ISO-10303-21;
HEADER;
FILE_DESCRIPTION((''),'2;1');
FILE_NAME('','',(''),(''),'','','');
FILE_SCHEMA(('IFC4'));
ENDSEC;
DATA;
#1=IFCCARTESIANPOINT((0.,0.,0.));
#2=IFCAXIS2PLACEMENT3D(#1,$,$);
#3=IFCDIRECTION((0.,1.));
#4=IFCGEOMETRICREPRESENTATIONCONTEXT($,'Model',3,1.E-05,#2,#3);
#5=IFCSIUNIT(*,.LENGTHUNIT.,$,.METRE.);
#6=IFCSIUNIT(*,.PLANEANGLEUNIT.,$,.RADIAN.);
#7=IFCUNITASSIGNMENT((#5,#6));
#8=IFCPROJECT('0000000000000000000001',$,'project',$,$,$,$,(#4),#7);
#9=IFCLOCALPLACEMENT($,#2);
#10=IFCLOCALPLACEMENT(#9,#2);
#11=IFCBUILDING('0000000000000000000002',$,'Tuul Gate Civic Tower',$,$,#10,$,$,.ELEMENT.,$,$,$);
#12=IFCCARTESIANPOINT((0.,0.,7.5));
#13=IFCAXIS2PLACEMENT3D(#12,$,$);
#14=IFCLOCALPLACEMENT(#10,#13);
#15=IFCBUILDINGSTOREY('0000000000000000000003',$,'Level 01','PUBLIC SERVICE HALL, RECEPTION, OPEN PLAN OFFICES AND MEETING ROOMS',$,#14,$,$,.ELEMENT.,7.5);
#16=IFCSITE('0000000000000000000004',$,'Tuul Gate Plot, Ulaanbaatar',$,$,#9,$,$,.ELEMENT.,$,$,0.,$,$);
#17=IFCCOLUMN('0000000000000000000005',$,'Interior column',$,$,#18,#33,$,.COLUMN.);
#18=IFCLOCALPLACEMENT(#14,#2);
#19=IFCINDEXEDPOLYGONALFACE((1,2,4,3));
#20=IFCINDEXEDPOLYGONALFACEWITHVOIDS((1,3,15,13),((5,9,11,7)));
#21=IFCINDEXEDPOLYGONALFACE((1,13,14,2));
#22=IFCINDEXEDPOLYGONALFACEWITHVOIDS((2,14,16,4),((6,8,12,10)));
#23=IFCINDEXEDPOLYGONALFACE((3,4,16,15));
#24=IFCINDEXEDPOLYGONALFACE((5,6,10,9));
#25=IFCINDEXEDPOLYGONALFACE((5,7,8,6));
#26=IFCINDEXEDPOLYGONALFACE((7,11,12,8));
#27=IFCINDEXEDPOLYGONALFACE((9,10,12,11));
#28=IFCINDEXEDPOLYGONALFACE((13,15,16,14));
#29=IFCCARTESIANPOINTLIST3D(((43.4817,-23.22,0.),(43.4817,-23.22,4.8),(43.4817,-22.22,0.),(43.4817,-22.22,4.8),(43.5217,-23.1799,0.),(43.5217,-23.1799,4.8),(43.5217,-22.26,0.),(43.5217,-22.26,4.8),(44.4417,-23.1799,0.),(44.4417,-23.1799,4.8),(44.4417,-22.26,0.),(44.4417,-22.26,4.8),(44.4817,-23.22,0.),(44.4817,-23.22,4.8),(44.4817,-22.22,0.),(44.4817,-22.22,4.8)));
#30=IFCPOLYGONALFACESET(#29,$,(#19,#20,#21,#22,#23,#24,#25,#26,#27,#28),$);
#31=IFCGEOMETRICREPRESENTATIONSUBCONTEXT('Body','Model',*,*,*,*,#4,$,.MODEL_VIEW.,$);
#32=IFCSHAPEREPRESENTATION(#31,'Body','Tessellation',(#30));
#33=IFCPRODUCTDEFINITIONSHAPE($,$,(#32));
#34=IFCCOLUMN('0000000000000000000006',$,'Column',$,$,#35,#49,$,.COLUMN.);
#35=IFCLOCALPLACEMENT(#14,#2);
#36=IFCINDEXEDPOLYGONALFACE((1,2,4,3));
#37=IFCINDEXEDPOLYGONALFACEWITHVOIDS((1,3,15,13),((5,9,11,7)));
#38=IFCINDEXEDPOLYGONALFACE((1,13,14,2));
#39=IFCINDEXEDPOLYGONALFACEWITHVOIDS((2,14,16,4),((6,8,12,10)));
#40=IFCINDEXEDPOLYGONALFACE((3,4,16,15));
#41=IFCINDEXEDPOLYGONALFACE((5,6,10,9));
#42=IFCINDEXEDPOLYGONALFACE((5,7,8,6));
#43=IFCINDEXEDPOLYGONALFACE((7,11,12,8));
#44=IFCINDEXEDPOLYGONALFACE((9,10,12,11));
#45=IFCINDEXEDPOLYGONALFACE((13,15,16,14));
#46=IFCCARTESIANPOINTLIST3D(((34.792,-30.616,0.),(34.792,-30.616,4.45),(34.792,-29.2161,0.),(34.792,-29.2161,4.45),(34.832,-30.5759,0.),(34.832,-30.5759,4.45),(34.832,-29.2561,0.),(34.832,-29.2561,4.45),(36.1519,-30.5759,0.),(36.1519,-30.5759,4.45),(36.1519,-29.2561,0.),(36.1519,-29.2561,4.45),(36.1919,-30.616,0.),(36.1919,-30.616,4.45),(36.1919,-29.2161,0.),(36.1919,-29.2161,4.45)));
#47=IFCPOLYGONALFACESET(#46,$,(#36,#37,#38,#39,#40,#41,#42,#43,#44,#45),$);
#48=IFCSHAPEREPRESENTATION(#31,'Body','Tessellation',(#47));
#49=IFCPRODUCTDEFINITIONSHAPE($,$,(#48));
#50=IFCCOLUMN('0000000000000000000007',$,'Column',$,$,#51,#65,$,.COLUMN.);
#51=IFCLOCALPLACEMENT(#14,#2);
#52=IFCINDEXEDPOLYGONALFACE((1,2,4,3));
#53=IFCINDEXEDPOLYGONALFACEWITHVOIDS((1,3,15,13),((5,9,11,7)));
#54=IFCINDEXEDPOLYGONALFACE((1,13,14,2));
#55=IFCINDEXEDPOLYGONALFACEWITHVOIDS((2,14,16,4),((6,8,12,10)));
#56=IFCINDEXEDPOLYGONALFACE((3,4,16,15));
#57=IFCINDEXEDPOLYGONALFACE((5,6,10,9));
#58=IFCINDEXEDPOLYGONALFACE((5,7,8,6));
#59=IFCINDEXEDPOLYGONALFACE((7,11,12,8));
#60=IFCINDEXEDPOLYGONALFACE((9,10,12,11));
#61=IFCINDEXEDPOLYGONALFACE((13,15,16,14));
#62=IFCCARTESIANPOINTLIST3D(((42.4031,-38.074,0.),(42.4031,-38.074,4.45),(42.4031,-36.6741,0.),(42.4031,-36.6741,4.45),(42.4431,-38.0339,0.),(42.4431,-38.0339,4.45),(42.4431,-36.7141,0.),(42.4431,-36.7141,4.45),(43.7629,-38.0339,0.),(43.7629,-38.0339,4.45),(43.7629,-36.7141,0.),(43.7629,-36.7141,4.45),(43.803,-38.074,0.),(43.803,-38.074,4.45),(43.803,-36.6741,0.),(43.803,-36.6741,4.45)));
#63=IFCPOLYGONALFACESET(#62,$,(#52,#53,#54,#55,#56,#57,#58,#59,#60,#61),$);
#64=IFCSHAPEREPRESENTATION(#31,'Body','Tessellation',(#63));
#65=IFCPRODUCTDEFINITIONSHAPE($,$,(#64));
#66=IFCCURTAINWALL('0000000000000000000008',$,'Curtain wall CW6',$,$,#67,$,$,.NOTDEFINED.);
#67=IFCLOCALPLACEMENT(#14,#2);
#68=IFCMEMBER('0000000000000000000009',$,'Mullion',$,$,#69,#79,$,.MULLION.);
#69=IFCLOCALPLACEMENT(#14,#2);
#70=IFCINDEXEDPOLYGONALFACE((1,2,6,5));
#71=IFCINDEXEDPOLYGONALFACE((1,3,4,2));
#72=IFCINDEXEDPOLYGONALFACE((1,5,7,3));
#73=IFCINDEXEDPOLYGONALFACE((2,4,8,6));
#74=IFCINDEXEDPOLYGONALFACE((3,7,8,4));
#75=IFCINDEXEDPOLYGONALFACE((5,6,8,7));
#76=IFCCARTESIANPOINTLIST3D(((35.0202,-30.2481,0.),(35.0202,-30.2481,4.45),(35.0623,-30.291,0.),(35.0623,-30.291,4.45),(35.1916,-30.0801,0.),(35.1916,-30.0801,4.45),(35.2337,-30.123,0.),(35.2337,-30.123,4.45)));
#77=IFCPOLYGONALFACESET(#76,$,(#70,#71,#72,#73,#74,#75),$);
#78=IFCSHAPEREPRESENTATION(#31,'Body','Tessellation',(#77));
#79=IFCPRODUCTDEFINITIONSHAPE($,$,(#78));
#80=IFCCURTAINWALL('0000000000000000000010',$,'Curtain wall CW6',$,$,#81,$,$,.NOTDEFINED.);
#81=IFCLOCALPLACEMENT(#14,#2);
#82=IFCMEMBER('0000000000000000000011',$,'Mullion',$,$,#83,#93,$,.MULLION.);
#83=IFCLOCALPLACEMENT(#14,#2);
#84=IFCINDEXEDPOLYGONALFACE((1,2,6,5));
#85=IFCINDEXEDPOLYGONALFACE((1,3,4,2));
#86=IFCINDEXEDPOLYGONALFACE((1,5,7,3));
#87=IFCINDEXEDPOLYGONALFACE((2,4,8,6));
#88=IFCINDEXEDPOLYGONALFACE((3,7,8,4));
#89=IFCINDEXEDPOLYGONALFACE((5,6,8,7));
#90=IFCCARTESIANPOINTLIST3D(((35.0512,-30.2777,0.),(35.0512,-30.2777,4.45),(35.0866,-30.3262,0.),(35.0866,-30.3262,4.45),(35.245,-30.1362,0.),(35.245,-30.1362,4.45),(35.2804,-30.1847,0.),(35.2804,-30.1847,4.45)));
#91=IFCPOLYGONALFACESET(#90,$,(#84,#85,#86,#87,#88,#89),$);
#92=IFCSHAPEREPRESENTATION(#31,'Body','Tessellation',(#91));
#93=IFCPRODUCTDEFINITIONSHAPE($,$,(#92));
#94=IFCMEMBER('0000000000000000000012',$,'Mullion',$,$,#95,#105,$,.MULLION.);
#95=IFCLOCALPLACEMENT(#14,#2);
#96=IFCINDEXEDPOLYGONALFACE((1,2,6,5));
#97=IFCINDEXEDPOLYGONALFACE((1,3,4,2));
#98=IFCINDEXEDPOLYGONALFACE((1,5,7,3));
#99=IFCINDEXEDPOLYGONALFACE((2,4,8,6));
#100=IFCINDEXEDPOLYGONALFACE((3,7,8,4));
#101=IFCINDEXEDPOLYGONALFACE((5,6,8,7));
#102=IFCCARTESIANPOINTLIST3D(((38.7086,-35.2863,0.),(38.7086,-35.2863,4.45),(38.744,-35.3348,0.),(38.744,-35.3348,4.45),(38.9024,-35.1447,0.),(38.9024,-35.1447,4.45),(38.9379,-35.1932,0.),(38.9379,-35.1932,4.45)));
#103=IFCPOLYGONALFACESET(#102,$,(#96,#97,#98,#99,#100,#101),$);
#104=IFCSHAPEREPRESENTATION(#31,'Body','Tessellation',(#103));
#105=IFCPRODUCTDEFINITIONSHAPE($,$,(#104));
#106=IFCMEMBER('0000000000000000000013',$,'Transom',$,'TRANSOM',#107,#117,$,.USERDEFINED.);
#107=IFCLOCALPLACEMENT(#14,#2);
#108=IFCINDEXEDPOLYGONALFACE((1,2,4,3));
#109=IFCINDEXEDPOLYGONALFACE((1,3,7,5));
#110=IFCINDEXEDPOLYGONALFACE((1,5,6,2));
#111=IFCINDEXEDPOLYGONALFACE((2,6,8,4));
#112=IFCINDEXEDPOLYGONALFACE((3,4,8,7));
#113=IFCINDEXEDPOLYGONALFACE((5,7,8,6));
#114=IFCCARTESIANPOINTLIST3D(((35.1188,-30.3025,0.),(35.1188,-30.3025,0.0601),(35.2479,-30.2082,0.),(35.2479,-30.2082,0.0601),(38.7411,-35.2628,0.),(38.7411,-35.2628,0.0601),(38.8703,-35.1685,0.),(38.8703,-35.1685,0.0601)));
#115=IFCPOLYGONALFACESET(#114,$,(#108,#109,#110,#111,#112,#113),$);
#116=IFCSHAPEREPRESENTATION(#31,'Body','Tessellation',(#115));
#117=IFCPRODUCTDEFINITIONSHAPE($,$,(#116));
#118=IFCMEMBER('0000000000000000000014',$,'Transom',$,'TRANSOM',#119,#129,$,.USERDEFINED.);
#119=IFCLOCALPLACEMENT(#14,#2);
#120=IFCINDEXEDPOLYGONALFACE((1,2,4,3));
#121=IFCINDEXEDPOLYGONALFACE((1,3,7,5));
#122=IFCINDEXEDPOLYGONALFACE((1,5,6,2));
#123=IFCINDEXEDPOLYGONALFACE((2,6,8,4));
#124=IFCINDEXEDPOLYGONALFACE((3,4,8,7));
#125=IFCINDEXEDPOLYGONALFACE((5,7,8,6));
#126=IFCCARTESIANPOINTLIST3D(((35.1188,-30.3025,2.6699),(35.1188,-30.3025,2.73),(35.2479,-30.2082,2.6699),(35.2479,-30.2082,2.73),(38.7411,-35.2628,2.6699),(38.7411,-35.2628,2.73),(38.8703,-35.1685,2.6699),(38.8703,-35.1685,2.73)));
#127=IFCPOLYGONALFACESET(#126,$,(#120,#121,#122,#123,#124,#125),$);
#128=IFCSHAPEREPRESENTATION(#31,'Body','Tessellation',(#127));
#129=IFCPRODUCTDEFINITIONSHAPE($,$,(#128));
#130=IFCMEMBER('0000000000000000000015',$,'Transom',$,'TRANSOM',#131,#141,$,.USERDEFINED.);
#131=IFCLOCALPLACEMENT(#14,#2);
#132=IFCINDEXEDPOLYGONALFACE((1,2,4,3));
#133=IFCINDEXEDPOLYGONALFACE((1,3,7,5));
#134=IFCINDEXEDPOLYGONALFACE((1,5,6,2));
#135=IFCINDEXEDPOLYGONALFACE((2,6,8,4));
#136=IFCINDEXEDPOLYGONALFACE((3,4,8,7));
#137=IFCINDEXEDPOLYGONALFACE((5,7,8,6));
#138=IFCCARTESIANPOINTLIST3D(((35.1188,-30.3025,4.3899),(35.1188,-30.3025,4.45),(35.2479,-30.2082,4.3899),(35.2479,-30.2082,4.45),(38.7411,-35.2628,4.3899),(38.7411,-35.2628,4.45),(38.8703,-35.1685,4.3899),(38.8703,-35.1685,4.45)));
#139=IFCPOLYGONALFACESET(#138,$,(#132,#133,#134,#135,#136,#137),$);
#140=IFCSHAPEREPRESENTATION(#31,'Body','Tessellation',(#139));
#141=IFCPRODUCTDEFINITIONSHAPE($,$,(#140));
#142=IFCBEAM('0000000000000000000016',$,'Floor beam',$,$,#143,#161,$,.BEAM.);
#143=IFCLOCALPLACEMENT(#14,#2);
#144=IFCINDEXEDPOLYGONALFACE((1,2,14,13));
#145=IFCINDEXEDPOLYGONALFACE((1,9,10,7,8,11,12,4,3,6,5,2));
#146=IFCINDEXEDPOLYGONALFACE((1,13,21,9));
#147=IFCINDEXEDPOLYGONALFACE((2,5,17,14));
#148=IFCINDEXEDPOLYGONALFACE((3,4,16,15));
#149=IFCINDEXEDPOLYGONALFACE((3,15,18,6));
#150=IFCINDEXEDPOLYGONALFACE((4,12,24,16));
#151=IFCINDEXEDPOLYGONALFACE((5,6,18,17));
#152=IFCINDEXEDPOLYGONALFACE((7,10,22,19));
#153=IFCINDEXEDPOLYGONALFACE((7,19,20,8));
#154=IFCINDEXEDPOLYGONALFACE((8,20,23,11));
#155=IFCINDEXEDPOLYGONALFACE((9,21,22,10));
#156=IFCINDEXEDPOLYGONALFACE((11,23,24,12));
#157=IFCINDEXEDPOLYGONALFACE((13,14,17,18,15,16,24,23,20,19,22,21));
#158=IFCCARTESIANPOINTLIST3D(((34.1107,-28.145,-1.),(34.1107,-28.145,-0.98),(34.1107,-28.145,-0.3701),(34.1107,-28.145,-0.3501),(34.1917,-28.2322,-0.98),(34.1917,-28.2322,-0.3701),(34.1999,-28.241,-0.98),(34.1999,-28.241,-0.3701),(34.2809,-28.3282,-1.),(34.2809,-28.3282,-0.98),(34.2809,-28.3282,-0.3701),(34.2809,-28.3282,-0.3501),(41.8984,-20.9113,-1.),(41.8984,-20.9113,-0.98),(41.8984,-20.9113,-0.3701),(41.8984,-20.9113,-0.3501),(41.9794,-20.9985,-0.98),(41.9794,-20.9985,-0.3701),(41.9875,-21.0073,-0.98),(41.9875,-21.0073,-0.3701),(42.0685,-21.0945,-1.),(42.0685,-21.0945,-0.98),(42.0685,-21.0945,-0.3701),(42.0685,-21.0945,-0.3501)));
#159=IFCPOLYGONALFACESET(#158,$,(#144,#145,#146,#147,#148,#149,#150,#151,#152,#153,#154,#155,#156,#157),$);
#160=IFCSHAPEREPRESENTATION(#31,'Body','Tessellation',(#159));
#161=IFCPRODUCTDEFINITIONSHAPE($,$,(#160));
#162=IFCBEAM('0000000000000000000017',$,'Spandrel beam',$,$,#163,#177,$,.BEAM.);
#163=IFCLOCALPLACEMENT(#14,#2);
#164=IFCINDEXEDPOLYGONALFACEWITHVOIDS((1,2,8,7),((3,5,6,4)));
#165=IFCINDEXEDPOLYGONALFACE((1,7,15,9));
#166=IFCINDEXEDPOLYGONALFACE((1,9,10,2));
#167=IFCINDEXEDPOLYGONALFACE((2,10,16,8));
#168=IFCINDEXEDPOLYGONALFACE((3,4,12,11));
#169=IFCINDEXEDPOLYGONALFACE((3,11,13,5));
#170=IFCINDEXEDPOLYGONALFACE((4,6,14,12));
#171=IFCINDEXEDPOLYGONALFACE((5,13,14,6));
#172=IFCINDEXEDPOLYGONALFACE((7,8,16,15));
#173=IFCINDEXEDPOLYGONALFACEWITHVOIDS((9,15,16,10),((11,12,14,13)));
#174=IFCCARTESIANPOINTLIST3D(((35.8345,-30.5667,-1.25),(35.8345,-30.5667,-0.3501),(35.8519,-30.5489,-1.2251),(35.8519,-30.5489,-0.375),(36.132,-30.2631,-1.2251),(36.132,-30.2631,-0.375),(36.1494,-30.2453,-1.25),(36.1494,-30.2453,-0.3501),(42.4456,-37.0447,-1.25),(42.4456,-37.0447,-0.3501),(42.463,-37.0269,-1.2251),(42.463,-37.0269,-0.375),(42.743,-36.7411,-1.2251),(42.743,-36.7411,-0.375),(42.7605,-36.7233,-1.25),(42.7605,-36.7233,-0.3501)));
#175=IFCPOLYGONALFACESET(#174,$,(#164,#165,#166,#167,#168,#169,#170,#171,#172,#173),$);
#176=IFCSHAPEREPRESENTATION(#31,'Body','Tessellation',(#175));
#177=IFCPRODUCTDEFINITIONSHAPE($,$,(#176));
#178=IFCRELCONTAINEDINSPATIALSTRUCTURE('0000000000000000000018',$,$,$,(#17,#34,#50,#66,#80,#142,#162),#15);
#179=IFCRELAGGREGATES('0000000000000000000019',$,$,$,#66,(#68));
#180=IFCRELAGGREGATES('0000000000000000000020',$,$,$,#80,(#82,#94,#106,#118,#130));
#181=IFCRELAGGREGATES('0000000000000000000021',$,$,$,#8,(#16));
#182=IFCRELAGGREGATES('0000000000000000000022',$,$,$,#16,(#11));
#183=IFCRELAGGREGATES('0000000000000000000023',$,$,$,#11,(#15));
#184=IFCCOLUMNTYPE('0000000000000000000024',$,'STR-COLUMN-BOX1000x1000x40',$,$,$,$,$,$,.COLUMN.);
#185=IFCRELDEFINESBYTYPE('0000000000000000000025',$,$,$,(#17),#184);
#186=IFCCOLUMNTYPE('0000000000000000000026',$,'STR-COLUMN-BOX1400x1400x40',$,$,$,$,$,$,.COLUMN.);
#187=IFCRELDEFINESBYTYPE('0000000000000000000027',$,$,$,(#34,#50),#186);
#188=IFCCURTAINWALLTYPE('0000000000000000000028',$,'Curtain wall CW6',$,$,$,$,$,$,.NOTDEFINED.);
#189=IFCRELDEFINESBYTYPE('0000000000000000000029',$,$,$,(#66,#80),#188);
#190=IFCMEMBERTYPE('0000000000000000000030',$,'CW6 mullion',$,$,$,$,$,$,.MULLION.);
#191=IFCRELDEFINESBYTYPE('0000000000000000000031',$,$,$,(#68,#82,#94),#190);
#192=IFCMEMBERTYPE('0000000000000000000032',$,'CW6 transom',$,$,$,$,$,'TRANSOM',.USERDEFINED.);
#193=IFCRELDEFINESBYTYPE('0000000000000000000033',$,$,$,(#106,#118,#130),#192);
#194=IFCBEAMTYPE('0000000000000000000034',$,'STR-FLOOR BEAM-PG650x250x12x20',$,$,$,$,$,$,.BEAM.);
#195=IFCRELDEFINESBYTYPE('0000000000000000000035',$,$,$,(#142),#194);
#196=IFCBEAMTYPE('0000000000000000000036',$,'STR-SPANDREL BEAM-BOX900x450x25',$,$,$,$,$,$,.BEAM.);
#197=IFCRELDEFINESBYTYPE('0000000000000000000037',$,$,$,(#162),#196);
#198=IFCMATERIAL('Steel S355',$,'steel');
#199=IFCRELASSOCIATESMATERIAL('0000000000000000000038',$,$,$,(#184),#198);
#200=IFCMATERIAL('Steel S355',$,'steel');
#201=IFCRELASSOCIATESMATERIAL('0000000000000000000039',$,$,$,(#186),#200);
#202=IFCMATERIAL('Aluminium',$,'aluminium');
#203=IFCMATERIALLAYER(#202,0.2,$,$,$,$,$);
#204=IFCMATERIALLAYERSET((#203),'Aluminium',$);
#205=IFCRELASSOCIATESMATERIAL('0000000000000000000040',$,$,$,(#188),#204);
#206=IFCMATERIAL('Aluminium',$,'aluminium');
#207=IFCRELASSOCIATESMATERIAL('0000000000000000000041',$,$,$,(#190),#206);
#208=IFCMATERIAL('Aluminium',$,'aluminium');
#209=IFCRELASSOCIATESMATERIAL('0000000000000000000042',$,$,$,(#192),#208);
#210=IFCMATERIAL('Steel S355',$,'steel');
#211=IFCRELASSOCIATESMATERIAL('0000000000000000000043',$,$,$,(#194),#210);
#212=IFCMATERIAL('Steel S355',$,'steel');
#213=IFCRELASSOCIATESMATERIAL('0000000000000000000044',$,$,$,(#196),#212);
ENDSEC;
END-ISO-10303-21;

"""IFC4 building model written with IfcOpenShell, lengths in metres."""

from ifc_helpers import new_model, si_unit, direction, frame, origin, origin_2d, place, context, subcontext, project, spatial, rectangle, hollow_rectangle, i_section, extrude, material, layer, layer_set, material_profile, profile_set, type_object, element, aggregate, save


model = new_model("IFC4")

# Units and contexts
model_context = context("Model", 3, precision=1e-05, world=origin(), true_north=direction((0.0, 1.0)))
body_context = subcontext(model_context, "Body", "Model", "MODEL_VIEW")
ifc_project = project(units=[si_unit("LENGTHUNIT", "METRE"), si_unit("PLANEANGLEUNIT", "RADIAN")], contexts=[model_context])

# Site, building, storey
site_placement = place(None, origin())
site = spatial("IfcSite", under=ifc_project, at=site_placement, Name="Tuul Gate Plot, Ulaanbaatar", CompositionType="ELEMENT", RefElevation=0.0)
building_placement = place(site_placement, origin())
building = spatial("IfcBuilding", under=site, at=building_placement, Name="Tuul Gate Civic Tower", CompositionType="ELEMENT")
storey_placement = place(building_placement, frame((0.0, 0.0, 7.5)))
storey = spatial("IfcBuildingStorey", under=building, at=storey_placement, Name="Level 01", Description="PUBLIC SERVICE HALL, RECEPTION, OPEN PLAN OFFICES AND MEETING ROOMS", CompositionType="ELEMENT", Elevation=7.5)

# Columns
ifc_material_1 = material(Name="Steel S355", Category="steel")
ifc_material_profile_1 = material_profile(ifc_material_1, hollow_rectangle(XDim=1.0, YDim=1.0, WallThickness=0.04, at=origin_2d()), Name="BOX1000x1000x40")
ifc_profile_set_1 = profile_set([ifc_material_profile_1], Name="Steel S355")
column_type_1 = type_object("IfcColumnType", Name="STR-COLUMN-BOX1000x1000x40", PredefinedType="COLUMN", material=ifc_profile_set_1)
column_placement = place(storey_placement, frame((43.9817, -22.72, 0.0), z_axis=(0.0, 0.0, 1.0), x_axis=(1.0, 0.0, 0.0)))
element("IfcColumn", 1, at=column_placement, inside=storey, type_object=column_type_1, Name="Interior column", PredefinedType="COLUMN", context=body_context, shape_type="SweptSolid", body=[
    extrude(hollow_rectangle(XDim=1.0, YDim=1.0, WallThickness=0.04, at=origin_2d()), origin(), (0.0, 0.0, 1.0), 4.8),
])
ifc_material_2 = material(Name="Steel S355", Category="steel")
ifc_material_profile_2 = material_profile(ifc_material_2, hollow_rectangle(XDim=1.3999, YDim=1.3999, WallThickness=0.04, at=origin_2d()), Name="BOX1400x1400x40")
ifc_profile_set_2 = profile_set([ifc_material_profile_2], Name="Steel S355")
column_type_2 = type_object("IfcColumnType", Name="STR-COLUMN-BOX1400x1400x40", PredefinedType="COLUMN", material=ifc_profile_set_2)
for number, where, z_axis, x_axis, name in (
    (2, (35.4919, -29.916, 0.0), (0.0, 0.0, 1.0), (1.0, 0.0, 0.0), "Column"),
    (3, (43.103, -37.374, 0.0), (0.0, 0.0, 1.0), (1.0, 0.0, 0.0), "Column"),
):
    element("IfcColumn", number, at=place(storey_placement, frame(where, z_axis=z_axis, x_axis=x_axis)), inside=storey, type_object=column_type_2, Name=name, PredefinedType="COLUMN", context=body_context, shape_type="SweptSolid", body=[
        extrude(hollow_rectangle(XDim=1.3999, YDim=1.3999, WallThickness=0.04, at=origin_2d()), origin(), (0.0, 0.0, 1.0), 4.45),
    ])

# Curtain wall, member
ifc_material_3 = material(Name="Aluminium", Category="aluminium")
ifc_layer_1 = layer(ifc_material_3, 0.2)
ifc_layer_set_1 = layer_set([ifc_layer_1], Name="Aluminium")
curtain_wall_type = type_object("IfcCurtainWallType", Name="Curtain wall CW6", PredefinedType="NOTDEFINED", material=ifc_layer_set_1)
curtain_wall_1_placement = place(storey_placement, origin())
curtain_wall_1 = element("IfcCurtainWall", 4, at=curtain_wall_1_placement, inside=storey, type_object=curtain_wall_type, Name="Curtain wall CW6", PredefinedType="NOTDEFINED")
ifc_material_4 = material(Name="Aluminium", Category="aluminium")
ifc_material_profile_3 = material_profile(ifc_material_4, rectangle(XDim=0.24, YDim=0.0601, at=origin_2d()), Name="CW6 mullion")
ifc_profile_set_3 = profile_set([ifc_material_profile_3], Name="Aluminium")
member_type_1 = type_object("IfcMemberType", Name="CW6 mullion", PredefinedType="MULLION", material=ifc_profile_set_3)
member_1_placement = place(storey_placement, frame((35.127, -30.1855, 0.0), z_axis=(0.0, 0.0, 1.0), x_axis=(0.714132, 0.700011, 0.0)))
member_1 = element("IfcMember", 5, at=member_1_placement, type_object=member_type_1, Name="Mullion", PredefinedType="MULLION", context=body_context, shape_type="SweptSolid", body=[
    extrude(rectangle(XDim=0.24, YDim=0.0601, at=origin_2d()), origin(), (0.0, 0.0, 1.0), 4.45),
])
aggregate(curtain_wall_1, [member_1])

# Curtain wall, members
curtain_wall_2_placement = place(storey_placement, origin())
curtain_wall_2 = element("IfcCurtainWall", 6, at=curtain_wall_2_placement, inside=storey, type_object=curtain_wall_type, Name="Curtain wall CW6", PredefinedType="NOTDEFINED")
member_2_placement = place(storey_placement, frame((35.1658, -30.2312, 0.0), z_axis=(0.0, 0.0, 1.0), x_axis=(0.807581, 0.589756, 0.0)))
member_2 = element("IfcMember", 7, at=member_2_placement, type_object=member_type_1, Name="Mullion", PredefinedType="MULLION", context=body_context, shape_type="SweptSolid", body=[
    extrude(rectangle(XDim=0.24, YDim=0.0601, at=origin_2d()), origin(), (0.0, 0.0, 1.0), 4.45),
])
member_3_placement = place(storey_placement, frame((38.8232, -35.2397, 0.0), z_axis=(0.0, 0.0, 1.0), x_axis=(0.807581, 0.589756, 0.0)))
member_3 = element("IfcMember", 8, at=member_3_placement, type_object=member_type_1, Name="Mullion", PredefinedType="MULLION", context=body_context, shape_type="SweptSolid", body=[
    extrude(rectangle(XDim=0.24, YDim=0.0601, at=origin_2d()), origin(), (0.0, 0.0, 1.0), 4.45),
])
ifc_material_5 = material(Name="Aluminium", Category="aluminium")
ifc_material_profile_4 = material_profile(ifc_material_5, rectangle(XDim=0.1599, YDim=0.0601, at=origin_2d()), Name="CW6 transom")
ifc_profile_set_4 = profile_set([ifc_material_profile_4], Name="Aluminium")
member_type_2 = type_object("IfcMemberType", Name="CW6 transom", ElementType="TRANSOM", PredefinedType="USERDEFINED", material=ifc_profile_set_4)
member_4_placement = place(storey_placement, frame((35.1833, -30.2554, 0.03), z_axis=(0.589756, -0.807581, 0.0), x_axis=(0.807581, 0.589756, 0.0)))
member_4 = element("IfcMember", 9, at=member_4_placement, type_object=member_type_2, Name="Transom", ObjectType="TRANSOM", PredefinedType="USERDEFINED", context=body_context, shape_type="SweptSolid", body=[
    extrude(rectangle(XDim=0.1599, YDim=0.0601, at=origin_2d()), origin(), (0.0, 0.0, 1.0), 6.1421),
])
member_5_placement = place(storey_placement, frame((35.1833, -30.2554, 2.7), z_axis=(0.589756, -0.807581, 0.0), x_axis=(0.807581, 0.589756, 0.0)))
member_5 = element("IfcMember", 10, at=member_5_placement, type_object=member_type_2, Name="Transom", ObjectType="TRANSOM", PredefinedType="USERDEFINED", context=body_context, shape_type="SweptSolid", body=[
    extrude(rectangle(XDim=0.1599, YDim=0.0601, at=origin_2d()), origin(), (0.0, 0.0, 1.0), 6.1421),
])
member_6_placement = place(storey_placement, frame((35.1833, -30.2554, 4.4199), z_axis=(0.589756, -0.807581, 0.0), x_axis=(0.807581, 0.589756, 0.0)))
member_6 = element("IfcMember", 11, at=member_6_placement, type_object=member_type_2, Name="Transom", ObjectType="TRANSOM", PredefinedType="USERDEFINED", context=body_context, shape_type="SweptSolid", body=[
    extrude(rectangle(XDim=0.1599, YDim=0.0601, at=origin_2d()), origin(), (0.0, 0.0, 1.0), 6.1421),
])

# Beams
ifc_material_6 = material(Name="Steel S355", Category="steel")
ifc_material_profile_5 = material_profile(ifc_material_6, i_section(OverallWidth=0.25, OverallDepth=0.6499, WebThickness=0.012, FlangeThickness=0.02, at=origin_2d()), Name="PG650x250x12x20")
ifc_profile_set_5 = profile_set([ifc_material_profile_5], Name="Steel S355")
beam_type_1 = type_object("IfcBeamType", Name="STR-FLOOR BEAM-PG650x250x12x20", PredefinedType="BEAM", material=ifc_profile_set_5)
beam_1_placement = place(storey_placement, frame((34.1958, -28.2366, -0.675), z_axis=(0.732685, 0.680567, 0.0), x_axis=(-0.680567, 0.732685, 0.0)))
element("IfcBeam", 12, at=beam_1_placement, inside=storey, type_object=beam_type_1, Name="Floor beam", PredefinedType="BEAM", context=body_context, shape_type="SweptSolid", body=[
    extrude(i_section(OverallWidth=0.25, OverallDepth=0.6499, WebThickness=0.012, FlangeThickness=0.02, at=origin_2d()), origin(), (0.0, 0.0, 1.0), 10.6289),
])
ifc_material_7 = material(Name="Steel S355", Category="steel")
ifc_material_profile_6 = material_profile(ifc_material_7, hollow_rectangle(XDim=0.45, YDim=0.8999, WallThickness=0.0249, at=origin_2d()), Name="BOX900x450x25")
ifc_profile_set_6 = profile_set([ifc_material_profile_6], Name="Steel S355")
beam_type_2 = type_object("IfcBeamType", Name="STR-SPANDREL BEAM-BOX900x450x25", PredefinedType="BEAM", material=ifc_profile_set_6)
beam_2_placement = place(storey_placement, frame((35.9919, -30.406, -0.8), z_axis=(0.714258, -0.699883, 0.0), x_axis=(0.699883, 0.714258, 0.0)))
element("IfcBeam", 13, at=beam_2_placement, inside=storey, type_object=beam_type_2, Name="Spandrel beam", PredefinedType="BEAM", context=body_context, shape_type="SweptSolid", body=[
    extrude(hollow_rectangle(XDim=0.45, YDim=0.8999, WallThickness=0.0249, at=origin_2d()), origin(), (0.0, 0.0, 1.0), 9.2559),
])

aggregate(curtain_wall_2, [member_2, member_3, member_4, member_5, member_6])

save(model, "model.ifc")
